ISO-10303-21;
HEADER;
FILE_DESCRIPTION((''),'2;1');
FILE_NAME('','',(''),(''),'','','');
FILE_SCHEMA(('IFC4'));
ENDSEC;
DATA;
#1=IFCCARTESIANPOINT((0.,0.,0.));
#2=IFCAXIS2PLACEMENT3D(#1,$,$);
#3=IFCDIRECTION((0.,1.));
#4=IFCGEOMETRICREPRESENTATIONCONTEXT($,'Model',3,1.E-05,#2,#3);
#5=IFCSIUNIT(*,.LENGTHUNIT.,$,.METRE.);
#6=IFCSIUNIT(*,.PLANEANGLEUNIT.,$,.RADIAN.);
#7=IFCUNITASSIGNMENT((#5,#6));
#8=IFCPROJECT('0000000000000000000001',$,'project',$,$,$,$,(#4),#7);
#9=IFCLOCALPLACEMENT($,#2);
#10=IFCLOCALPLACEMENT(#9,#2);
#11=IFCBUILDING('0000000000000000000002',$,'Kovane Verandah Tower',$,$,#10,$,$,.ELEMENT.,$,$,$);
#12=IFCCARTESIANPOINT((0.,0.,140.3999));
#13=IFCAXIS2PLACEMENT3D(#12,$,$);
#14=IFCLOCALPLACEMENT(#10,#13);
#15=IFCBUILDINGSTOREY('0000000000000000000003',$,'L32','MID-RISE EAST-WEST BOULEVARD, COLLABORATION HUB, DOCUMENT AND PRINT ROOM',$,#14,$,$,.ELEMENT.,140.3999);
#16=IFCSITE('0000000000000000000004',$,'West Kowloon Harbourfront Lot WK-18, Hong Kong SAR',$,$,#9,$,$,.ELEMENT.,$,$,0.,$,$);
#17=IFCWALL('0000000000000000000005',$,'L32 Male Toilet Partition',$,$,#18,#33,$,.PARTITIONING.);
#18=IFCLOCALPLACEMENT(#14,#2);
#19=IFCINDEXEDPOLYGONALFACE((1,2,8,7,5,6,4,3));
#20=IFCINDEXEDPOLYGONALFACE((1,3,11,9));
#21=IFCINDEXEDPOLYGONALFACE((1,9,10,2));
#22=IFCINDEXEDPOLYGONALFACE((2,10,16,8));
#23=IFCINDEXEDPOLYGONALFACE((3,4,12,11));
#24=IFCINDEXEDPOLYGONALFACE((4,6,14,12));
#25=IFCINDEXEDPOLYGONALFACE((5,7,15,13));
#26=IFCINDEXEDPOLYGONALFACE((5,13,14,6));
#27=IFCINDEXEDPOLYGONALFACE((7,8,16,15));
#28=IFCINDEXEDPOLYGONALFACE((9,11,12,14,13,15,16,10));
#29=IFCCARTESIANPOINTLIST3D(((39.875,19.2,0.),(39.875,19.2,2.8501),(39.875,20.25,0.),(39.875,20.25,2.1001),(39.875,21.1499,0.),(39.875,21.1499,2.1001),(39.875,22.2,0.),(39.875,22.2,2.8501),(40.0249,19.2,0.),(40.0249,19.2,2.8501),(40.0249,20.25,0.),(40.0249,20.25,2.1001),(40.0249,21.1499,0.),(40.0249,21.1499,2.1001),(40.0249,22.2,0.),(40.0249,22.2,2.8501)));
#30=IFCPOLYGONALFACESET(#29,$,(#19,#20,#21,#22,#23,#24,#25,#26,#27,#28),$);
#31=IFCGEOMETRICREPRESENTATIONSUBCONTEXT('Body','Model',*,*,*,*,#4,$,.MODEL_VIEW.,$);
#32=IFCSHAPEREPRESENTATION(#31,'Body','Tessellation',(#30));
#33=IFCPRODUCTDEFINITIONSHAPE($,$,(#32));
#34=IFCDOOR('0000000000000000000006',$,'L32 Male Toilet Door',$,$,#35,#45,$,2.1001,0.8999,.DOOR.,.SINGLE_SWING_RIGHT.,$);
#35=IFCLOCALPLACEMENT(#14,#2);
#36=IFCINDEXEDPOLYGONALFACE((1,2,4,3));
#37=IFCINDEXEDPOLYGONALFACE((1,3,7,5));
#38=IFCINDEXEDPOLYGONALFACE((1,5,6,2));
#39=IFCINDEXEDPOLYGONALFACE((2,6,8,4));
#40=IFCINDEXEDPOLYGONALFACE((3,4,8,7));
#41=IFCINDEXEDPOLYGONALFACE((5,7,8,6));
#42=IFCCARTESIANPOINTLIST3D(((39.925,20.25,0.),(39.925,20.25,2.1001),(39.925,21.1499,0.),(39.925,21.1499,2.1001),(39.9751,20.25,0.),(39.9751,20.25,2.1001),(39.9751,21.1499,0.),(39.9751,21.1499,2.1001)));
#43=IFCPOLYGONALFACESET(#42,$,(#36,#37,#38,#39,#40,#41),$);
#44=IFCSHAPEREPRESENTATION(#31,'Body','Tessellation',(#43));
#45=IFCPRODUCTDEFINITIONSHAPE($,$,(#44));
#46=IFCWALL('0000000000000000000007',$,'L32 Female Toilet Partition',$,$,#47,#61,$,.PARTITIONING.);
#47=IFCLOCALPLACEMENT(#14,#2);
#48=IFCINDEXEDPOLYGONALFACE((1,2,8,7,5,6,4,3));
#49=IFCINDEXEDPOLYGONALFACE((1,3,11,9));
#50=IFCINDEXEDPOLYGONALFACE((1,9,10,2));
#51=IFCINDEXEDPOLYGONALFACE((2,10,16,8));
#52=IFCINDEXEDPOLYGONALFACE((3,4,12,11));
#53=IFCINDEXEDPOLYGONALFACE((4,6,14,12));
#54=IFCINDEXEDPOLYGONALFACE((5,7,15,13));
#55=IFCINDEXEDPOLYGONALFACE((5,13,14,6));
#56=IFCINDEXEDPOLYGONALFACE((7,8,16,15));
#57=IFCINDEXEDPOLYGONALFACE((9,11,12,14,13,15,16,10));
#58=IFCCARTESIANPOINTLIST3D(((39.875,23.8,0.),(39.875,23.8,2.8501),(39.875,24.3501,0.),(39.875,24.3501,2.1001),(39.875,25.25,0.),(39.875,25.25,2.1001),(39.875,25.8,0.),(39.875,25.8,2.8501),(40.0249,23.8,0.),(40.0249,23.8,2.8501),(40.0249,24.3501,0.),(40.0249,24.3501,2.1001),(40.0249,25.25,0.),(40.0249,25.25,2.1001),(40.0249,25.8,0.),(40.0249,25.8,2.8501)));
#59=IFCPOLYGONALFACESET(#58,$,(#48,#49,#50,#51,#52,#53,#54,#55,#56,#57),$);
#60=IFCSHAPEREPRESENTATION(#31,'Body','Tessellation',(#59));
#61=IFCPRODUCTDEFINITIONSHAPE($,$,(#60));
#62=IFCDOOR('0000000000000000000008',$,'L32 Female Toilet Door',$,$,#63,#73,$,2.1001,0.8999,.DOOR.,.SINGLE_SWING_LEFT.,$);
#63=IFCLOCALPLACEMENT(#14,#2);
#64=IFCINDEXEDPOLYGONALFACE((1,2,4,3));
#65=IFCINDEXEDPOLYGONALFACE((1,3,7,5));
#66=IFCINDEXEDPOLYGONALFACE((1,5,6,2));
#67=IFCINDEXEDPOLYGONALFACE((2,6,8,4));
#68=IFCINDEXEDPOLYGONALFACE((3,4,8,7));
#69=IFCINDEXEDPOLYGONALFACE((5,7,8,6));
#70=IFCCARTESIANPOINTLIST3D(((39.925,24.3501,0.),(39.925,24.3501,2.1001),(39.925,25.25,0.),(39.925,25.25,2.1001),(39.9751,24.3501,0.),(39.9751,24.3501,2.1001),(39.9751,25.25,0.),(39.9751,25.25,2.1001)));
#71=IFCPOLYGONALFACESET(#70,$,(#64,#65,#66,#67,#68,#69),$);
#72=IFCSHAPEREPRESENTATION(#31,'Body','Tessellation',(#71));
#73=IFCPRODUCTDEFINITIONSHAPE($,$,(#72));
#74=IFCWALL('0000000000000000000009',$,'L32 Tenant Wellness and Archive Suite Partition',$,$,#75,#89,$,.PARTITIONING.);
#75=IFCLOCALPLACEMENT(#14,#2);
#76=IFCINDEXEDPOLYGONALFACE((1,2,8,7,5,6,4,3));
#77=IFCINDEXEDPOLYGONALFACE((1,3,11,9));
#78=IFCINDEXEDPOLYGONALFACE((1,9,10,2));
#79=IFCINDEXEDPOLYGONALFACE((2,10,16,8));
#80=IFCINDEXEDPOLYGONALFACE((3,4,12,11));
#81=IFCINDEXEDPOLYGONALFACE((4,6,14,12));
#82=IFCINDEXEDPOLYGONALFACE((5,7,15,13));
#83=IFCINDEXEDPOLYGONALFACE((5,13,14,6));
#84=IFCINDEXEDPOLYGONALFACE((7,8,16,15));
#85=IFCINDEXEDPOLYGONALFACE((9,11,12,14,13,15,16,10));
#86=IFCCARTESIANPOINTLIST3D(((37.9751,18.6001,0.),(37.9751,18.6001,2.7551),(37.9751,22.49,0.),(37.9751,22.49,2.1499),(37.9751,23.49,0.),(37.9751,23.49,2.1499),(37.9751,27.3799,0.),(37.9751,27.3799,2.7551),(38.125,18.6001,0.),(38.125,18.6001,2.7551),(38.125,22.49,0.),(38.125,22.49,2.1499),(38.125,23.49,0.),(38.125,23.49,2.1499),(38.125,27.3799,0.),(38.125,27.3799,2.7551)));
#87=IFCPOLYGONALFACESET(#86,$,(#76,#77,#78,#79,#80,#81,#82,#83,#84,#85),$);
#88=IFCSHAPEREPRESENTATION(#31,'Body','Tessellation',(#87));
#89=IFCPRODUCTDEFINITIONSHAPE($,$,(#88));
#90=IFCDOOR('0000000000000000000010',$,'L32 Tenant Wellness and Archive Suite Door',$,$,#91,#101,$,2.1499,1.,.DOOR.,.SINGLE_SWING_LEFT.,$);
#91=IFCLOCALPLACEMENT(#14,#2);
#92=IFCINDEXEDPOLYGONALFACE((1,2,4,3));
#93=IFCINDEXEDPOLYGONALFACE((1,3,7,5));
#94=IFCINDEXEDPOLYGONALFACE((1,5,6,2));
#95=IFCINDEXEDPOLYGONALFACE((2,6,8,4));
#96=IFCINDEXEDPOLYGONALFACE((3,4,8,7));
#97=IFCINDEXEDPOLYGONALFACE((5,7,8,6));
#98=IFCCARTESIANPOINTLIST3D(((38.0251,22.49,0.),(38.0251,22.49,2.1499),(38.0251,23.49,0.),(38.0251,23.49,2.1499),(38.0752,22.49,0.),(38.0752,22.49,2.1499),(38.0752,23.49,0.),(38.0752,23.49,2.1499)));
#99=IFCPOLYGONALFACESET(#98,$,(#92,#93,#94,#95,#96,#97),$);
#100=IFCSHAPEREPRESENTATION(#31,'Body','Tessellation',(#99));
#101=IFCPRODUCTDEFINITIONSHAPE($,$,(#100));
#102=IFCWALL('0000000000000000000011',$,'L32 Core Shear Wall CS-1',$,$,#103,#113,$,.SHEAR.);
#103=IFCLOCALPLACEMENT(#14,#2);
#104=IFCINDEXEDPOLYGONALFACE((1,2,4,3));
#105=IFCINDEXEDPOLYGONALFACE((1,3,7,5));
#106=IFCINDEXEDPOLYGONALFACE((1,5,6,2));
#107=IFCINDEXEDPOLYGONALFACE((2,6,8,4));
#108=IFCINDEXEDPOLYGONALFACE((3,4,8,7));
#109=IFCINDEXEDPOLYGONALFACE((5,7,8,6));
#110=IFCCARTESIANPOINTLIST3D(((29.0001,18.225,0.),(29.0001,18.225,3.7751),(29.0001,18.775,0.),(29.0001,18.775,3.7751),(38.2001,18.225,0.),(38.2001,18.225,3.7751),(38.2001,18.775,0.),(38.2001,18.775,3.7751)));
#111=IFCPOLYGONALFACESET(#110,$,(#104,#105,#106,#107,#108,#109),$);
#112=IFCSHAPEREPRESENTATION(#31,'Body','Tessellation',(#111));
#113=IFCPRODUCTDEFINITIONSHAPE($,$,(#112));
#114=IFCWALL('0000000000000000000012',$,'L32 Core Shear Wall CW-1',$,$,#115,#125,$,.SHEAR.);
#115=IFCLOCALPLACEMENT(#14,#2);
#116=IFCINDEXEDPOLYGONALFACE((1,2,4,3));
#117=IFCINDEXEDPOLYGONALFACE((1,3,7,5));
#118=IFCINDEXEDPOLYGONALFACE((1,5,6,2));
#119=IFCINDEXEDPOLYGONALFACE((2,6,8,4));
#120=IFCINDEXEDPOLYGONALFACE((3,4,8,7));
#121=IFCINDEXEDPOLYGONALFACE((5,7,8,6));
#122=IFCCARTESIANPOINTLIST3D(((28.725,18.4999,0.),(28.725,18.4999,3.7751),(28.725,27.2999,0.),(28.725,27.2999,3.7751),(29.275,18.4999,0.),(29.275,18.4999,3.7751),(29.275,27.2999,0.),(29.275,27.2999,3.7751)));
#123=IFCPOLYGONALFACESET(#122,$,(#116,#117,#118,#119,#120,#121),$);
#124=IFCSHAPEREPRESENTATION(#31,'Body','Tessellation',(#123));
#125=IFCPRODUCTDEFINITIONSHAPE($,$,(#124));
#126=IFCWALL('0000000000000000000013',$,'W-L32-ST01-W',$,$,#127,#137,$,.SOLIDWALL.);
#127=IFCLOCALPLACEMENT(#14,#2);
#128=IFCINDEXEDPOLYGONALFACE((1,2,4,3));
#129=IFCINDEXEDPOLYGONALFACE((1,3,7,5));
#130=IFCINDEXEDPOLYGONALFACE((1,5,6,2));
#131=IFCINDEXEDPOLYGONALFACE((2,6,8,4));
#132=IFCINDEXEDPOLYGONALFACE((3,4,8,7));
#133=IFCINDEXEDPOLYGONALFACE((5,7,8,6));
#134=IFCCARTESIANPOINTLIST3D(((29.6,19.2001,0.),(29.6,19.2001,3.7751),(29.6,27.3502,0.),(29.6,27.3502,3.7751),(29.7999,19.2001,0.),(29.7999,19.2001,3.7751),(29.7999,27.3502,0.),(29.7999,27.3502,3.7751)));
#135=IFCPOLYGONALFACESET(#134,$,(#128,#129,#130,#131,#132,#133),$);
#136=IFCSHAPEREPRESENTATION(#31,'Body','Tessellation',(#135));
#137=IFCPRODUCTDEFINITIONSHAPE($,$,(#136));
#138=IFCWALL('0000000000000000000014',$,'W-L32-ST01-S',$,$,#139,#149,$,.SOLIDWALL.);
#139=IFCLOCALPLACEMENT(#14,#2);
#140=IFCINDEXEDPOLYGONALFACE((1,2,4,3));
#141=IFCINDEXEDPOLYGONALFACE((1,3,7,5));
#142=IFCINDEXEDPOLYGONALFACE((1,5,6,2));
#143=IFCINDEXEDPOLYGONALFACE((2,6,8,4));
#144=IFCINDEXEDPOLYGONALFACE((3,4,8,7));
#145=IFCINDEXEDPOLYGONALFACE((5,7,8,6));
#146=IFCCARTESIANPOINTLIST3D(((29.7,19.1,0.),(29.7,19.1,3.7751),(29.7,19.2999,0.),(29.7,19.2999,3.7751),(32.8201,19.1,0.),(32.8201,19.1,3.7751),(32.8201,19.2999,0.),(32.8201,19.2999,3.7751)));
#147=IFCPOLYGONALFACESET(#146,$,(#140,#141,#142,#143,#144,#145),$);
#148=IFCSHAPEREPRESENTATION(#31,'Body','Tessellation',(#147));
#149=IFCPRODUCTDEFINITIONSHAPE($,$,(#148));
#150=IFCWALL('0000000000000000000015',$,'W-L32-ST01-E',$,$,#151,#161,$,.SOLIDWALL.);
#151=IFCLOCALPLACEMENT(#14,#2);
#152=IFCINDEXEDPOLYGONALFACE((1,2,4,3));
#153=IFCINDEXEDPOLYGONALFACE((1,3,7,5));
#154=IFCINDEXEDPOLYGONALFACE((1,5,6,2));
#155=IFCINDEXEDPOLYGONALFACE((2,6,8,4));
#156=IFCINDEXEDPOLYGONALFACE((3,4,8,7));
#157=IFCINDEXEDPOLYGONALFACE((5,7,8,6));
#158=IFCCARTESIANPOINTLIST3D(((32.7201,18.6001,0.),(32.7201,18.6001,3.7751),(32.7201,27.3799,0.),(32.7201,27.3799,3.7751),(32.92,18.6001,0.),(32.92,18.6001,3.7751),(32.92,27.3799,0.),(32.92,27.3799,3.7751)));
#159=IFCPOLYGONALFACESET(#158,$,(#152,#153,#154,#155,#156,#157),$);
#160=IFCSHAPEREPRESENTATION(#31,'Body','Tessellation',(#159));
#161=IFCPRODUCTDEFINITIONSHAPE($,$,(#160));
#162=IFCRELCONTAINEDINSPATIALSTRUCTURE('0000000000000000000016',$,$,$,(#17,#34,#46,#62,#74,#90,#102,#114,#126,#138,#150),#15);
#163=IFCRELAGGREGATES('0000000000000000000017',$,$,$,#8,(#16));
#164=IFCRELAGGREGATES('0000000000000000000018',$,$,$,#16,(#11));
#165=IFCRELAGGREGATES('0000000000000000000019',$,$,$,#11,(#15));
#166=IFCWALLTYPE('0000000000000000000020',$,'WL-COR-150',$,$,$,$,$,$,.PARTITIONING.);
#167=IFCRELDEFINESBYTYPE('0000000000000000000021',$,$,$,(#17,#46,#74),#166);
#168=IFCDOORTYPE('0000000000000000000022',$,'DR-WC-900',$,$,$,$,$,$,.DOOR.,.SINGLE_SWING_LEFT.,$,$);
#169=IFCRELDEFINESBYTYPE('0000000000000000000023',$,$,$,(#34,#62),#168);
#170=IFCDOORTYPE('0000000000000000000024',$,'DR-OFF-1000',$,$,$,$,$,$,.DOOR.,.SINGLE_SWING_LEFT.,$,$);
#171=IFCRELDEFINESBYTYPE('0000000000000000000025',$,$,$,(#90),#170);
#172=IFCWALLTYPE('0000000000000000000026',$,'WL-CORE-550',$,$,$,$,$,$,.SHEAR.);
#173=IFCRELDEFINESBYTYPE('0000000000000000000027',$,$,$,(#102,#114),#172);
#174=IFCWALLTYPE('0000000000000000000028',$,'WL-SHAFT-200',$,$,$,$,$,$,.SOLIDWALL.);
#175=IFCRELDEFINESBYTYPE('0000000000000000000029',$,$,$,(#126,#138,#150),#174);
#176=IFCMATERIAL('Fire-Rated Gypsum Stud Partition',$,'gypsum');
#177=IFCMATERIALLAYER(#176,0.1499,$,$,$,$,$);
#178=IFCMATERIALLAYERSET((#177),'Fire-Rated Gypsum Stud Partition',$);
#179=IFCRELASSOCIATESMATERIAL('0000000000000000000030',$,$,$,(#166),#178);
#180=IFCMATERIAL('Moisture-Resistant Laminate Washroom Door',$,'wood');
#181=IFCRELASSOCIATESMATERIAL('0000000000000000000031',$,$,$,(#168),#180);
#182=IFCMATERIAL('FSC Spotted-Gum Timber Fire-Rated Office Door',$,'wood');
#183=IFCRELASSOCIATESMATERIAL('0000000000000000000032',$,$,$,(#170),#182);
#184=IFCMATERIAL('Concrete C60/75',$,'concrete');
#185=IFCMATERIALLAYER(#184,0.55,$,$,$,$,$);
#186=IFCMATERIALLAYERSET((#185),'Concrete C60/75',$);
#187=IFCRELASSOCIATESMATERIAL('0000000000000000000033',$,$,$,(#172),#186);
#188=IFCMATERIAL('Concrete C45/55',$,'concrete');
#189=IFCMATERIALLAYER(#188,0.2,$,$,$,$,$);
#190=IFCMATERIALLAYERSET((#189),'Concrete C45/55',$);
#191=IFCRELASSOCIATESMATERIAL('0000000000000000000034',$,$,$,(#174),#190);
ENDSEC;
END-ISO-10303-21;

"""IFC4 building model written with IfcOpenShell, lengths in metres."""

from ifc_helpers import new_model, si_unit, direction, frame, frame_2d, origin, place, context, subcontext, project, spatial, rectangle, extrude, material, layer, layer_set, type_object, element, fill, save


model = new_model("IFC4")

# Units and contexts
model_context = context("Model", 3, precision=1e-05, world=origin(), true_north=direction((0.0, 1.0)))
body_context = subcontext(model_context, "Body", "Model", "MODEL_VIEW")
ifc_project = project(units=[si_unit("LENGTHUNIT", "METRE"), si_unit("PLANEANGLEUNIT", "RADIAN")], contexts=[model_context])

# Site, building, storey
site_placement = place(None, origin())
site = spatial("IfcSite", under=ifc_project, at=site_placement, Name="West Kowloon Harbourfront Lot WK-18, Hong Kong SAR", CompositionType="ELEMENT", RefElevation=0.0)
building_placement = place(site_placement, origin())
building = spatial("IfcBuilding", under=site, at=building_placement, Name="Kovane Verandah Tower", CompositionType="ELEMENT")
storey_placement = place(building_placement, frame((0.0, 0.0, 140.3999)))
storey = spatial("IfcBuildingStorey", under=building, at=storey_placement, Name="L32", Description="MID-RISE EAST-WEST BOULEVARD, COLLABORATION HUB, DOCUMENT AND PRINT ROOM", CompositionType="ELEMENT", Elevation=140.3999)

# Shared definitions
ifc_material_1 = material(Name="Concrete C60/75", Category="concrete")

# Shared definitions
ifc_material_2 = material(Name="Fire-Rated Gypsum Stud Partition", Category="gypsum")
ifc_layer_1 = layer(ifc_material_2, 0.1499)
ifc_layer_set_1 = layer_set([ifc_layer_1], Name="Fire-Rated Gypsum Stud Partition")
wall_type_1 = type_object("IfcWallType", Name="WL-COR-150", PredefinedType="PARTITIONING", material=ifc_layer_set_1)

# Walls, openings, doors
wall_1_placement = place(storey_placement, frame((39.95, 19.2, 0.0), z_axis=(0.0, 0.0, 1.0), x_axis=(0.0, 1.0, 0.0)))
wall_1 = element("IfcWall", 1, at=wall_1_placement, inside=storey, type_object=wall_type_1, Name="L32 Male Toilet Partition", PredefinedType="PARTITIONING", context=body_context, shape_type="SweptSolid", body=[
    extrude(rectangle(XDim=3.0, YDim=0.1499, at=frame_2d((1.5, 0.0))), origin(), (0.0, 0.0, 1.0), 2.8501),
])
opening_1_placement = place(wall_1_placement, frame((1.05, 0.0, 0.0)))
opening_1 = element("IfcOpeningElement", 2, at=opening_1_placement, cuts=wall_1, PredefinedType="OPENING", context=body_context, shape_type="SweptSolid", body=[
    extrude(rectangle(XDim=0.8999, YDim=2.1001, at=frame_2d((0.45, 1.05))), frame((0.0, 0.075, 0.0), z_axis=(0.0, -1.0, 0.0), x_axis=(1.0, 0.0, 0.0)), (0.0, 0.0, 1.0), 0.1499),
])
ifc_material_3 = material(Name="Moisture-Resistant Laminate Washroom Door", Category="wood")
door_type_1 = type_object("IfcDoorType", Name="DR-WC-900", OperationType="SINGLE_SWING_LEFT", PredefinedType="DOOR", material=ifc_material_3)
door_1_placement = place(opening_1_placement, origin())
door_1 = element("IfcDoor", 3, at=door_1_placement, inside=storey, type_object=door_type_1, Name="L32 Male Toilet Door", OperationType="SINGLE_SWING_RIGHT", OverallHeight=2.1001, OverallWidth=0.8999, PredefinedType="DOOR", context=body_context, shape_type="SweptSolid", body=[
    extrude(rectangle(XDim=0.8999, YDim=2.1001, at=frame_2d((0.45, 1.05))), frame((0.0, 0.0249, 0.0), z_axis=(0.0, -1.0, 0.0), x_axis=(1.0, 0.0, 0.0)), (0.0, 0.0, 1.0), 0.05),
])
fill(opening_1, door_1)
wall_2_placement = place(storey_placement, frame((39.95, 23.8, 0.0), z_axis=(0.0, 0.0, 1.0), x_axis=(0.0, 1.0, 0.0)))
wall_2 = element("IfcWall", 4, at=wall_2_placement, inside=storey, type_object=wall_type_1, Name="L32 Female Toilet Partition", PredefinedType="PARTITIONING", context=body_context, shape_type="SweptSolid", body=[
    extrude(rectangle(XDim=2.0, YDim=0.1499, at=frame_2d((1.0, 0.0))), origin(), (0.0, 0.0, 1.0), 2.8501),
])
opening_2_placement = place(wall_2_placement, frame((0.55, 0.0, 0.0)))
opening_2 = element("IfcOpeningElement", 5, at=opening_2_placement, cuts=wall_2, PredefinedType="OPENING", context=body_context, shape_type="SweptSolid", body=[
    extrude(rectangle(XDim=0.8999, YDim=2.1001, at=frame_2d((0.45, 1.05))), frame((0.0, 0.075, 0.0), z_axis=(0.0, -1.0, 0.0), x_axis=(1.0, 0.0, 0.0)), (0.0, 0.0, 1.0), 0.1499),
])
door_2_placement = place(opening_2_placement, origin())
door_2 = element("IfcDoor", 6, at=door_2_placement, inside=storey, type_object=door_type_1, Name="L32 Female Toilet Door", OperationType="SINGLE_SWING_LEFT", OverallHeight=2.1001, OverallWidth=0.8999, PredefinedType="DOOR", context=body_context, shape_type="SweptSolid", body=[
    extrude(rectangle(XDim=0.8999, YDim=2.1001, at=frame_2d((0.45, 1.05))), frame((0.0, 0.0249, 0.0), z_axis=(0.0, -1.0, 0.0), x_axis=(1.0, 0.0, 0.0)), (0.0, 0.0, 1.0), 0.05),
])
fill(opening_2, door_2)
wall_3_placement = place(storey_placement, frame((38.05, 18.6001, 0.0), z_axis=(0.0, 0.0, 1.0), x_axis=(0.0, 1.0, 0.0)))
wall_3 = element("IfcWall", 7, at=wall_3_placement, inside=storey, type_object=wall_type_1, Name="L32 Tenant Wellness and Archive Suite Partition", PredefinedType="PARTITIONING", context=body_context, shape_type="SweptSolid", body=[
    extrude(rectangle(XDim=8.7798, YDim=0.1499, at=frame_2d((4.3899, 0.0))), origin(), (0.0, 0.0, 1.0), 2.7551),
])
opening_3_placement = place(wall_3_placement, frame((3.8899, 0.0, 0.0)))
opening_3 = element("IfcOpeningElement", 8, at=opening_3_placement, cuts=wall_3, PredefinedType="OPENING", context=body_context, shape_type="SweptSolid", body=[
    extrude(rectangle(XDim=1.0, YDim=2.1499, at=frame_2d((0.5, 1.075))), frame((0.0, 0.075, 0.0), z_axis=(0.0, -1.0, 0.0), x_axis=(1.0, 0.0, 0.0)), (0.0, 0.0, 1.0), 0.1499),
])
ifc_material_4 = material(Name="FSC Spotted-Gum Timber Fire-Rated Office Door", Category="wood")
door_type_2 = type_object("IfcDoorType", Name="DR-OFF-1000", OperationType="SINGLE_SWING_LEFT", PredefinedType="DOOR", material=ifc_material_4)
door_3_placement = place(opening_3_placement, origin())
door_3 = element("IfcDoor", 9, at=door_3_placement, inside=storey, type_object=door_type_2, Name="L32 Tenant Wellness and Archive Suite Door", OperationType="SINGLE_SWING_LEFT", OverallHeight=2.1499, OverallWidth=1.0, PredefinedType="DOOR", context=body_context, shape_type="SweptSolid", body=[
    extrude(rectangle(XDim=1.0, YDim=2.1499, at=frame_2d((0.5, 1.075))), frame((0.0, 0.0249, 0.0), z_axis=(0.0, -1.0, 0.0), x_axis=(1.0, 0.0, 0.0)), (0.0, 0.0, 1.0), 0.05),
])
fill(opening_3, door_3)

# Walls
ifc_layer_2 = layer(ifc_material_1, 0.55)
ifc_layer_set_2 = layer_set([ifc_layer_2], Name="Concrete C60/75")
wall_type_2 = type_object("IfcWallType", Name="WL-CORE-550", PredefinedType="SHEAR", material=ifc_layer_set_2)
wall_4_placement = place(storey_placement, frame((29.0, 18.5, 0.0), z_axis=(0.0, 0.0, 1.0), x_axis=(1.0, 0.0, 0.0)))
element("IfcWall", 10, at=wall_4_placement, inside=storey, type_object=wall_type_2, Name="L32 Core Shear Wall CS-1", PredefinedType="SHEAR", context=body_context, shape_type="SweptSolid", body=[
    extrude(rectangle(XDim=9.2, YDim=0.55, at=frame_2d((4.6001, 0.0))), origin(), (0.0, 0.0, 1.0), 3.7751),
])
wall_5_placement = place(storey_placement, frame((29.0, 18.5, 0.0), z_axis=(0.0, 0.0, 1.0), x_axis=(0.0, 1.0, 0.0)))
element("IfcWall", 11, at=wall_5_placement, inside=storey, type_object=wall_type_2, Name="L32 Core Shear Wall CW-1", PredefinedType="SHEAR", context=body_context, shape_type="SweptSolid", body=[
    extrude(rectangle(XDim=8.8, YDim=0.55, at=frame_2d((4.3999, 0.0))), origin(), (0.0, 0.0, 1.0), 3.7751),
])
ifc_material_5 = material(Name="Concrete C45/55", Category="concrete")
ifc_layer_3 = layer(ifc_material_5, 0.2)
ifc_layer_set_3 = layer_set([ifc_layer_3], Name="Concrete C45/55")
wall_type_3 = type_object("IfcWallType", Name="WL-SHAFT-200", PredefinedType="SOLIDWALL", material=ifc_layer_set_3)
wall_6_placement = place(storey_placement, frame((29.7, 19.2, 0.0), z_axis=(0.0, 0.0, 1.0), x_axis=(0.0, 1.0, 0.0)))
element("IfcWall", 12, at=wall_6_placement, inside=storey, type_object=wall_type_3, Name="W-L32-ST01-W", PredefinedType="SOLIDWALL", context=body_context, shape_type="SweptSolid", body=[
    extrude(rectangle(XDim=8.1501, YDim=0.2, at=frame_2d((4.0752, 0.0))), origin(), (0.0, 0.0, 1.0), 3.7751),
])
wall_7_placement = place(storey_placement, frame((29.7, 19.2, 0.0), z_axis=(0.0, 0.0, 1.0), x_axis=(1.0, 0.0, 0.0)))
element("IfcWall", 13, at=wall_7_placement, inside=storey, type_object=wall_type_3, Name="W-L32-ST01-S", PredefinedType="SOLIDWALL", context=body_context, shape_type="SweptSolid", body=[
    extrude(rectangle(XDim=3.1201, YDim=0.2, at=frame_2d((1.5601, 0.0))), origin(), (0.0, 0.0, 1.0), 3.7751),
])
wall_8_placement = place(storey_placement, frame((32.8201, 18.6001, 0.0), z_axis=(0.0, 0.0, 1.0), x_axis=(0.0, 1.0, 0.0)))
element("IfcWall", 14, at=wall_8_placement, inside=storey, type_object=wall_type_3, Name="W-L32-ST01-E", PredefinedType="SOLIDWALL", context=body_context, shape_type="SweptSolid", body=[
    extrude(rectangle(XDim=8.7798, YDim=0.2, at=frame_2d((4.3899, 0.0))), origin(), (0.0, 0.0, 1.0), 3.7751),
])

save(model, "model.ifc")
